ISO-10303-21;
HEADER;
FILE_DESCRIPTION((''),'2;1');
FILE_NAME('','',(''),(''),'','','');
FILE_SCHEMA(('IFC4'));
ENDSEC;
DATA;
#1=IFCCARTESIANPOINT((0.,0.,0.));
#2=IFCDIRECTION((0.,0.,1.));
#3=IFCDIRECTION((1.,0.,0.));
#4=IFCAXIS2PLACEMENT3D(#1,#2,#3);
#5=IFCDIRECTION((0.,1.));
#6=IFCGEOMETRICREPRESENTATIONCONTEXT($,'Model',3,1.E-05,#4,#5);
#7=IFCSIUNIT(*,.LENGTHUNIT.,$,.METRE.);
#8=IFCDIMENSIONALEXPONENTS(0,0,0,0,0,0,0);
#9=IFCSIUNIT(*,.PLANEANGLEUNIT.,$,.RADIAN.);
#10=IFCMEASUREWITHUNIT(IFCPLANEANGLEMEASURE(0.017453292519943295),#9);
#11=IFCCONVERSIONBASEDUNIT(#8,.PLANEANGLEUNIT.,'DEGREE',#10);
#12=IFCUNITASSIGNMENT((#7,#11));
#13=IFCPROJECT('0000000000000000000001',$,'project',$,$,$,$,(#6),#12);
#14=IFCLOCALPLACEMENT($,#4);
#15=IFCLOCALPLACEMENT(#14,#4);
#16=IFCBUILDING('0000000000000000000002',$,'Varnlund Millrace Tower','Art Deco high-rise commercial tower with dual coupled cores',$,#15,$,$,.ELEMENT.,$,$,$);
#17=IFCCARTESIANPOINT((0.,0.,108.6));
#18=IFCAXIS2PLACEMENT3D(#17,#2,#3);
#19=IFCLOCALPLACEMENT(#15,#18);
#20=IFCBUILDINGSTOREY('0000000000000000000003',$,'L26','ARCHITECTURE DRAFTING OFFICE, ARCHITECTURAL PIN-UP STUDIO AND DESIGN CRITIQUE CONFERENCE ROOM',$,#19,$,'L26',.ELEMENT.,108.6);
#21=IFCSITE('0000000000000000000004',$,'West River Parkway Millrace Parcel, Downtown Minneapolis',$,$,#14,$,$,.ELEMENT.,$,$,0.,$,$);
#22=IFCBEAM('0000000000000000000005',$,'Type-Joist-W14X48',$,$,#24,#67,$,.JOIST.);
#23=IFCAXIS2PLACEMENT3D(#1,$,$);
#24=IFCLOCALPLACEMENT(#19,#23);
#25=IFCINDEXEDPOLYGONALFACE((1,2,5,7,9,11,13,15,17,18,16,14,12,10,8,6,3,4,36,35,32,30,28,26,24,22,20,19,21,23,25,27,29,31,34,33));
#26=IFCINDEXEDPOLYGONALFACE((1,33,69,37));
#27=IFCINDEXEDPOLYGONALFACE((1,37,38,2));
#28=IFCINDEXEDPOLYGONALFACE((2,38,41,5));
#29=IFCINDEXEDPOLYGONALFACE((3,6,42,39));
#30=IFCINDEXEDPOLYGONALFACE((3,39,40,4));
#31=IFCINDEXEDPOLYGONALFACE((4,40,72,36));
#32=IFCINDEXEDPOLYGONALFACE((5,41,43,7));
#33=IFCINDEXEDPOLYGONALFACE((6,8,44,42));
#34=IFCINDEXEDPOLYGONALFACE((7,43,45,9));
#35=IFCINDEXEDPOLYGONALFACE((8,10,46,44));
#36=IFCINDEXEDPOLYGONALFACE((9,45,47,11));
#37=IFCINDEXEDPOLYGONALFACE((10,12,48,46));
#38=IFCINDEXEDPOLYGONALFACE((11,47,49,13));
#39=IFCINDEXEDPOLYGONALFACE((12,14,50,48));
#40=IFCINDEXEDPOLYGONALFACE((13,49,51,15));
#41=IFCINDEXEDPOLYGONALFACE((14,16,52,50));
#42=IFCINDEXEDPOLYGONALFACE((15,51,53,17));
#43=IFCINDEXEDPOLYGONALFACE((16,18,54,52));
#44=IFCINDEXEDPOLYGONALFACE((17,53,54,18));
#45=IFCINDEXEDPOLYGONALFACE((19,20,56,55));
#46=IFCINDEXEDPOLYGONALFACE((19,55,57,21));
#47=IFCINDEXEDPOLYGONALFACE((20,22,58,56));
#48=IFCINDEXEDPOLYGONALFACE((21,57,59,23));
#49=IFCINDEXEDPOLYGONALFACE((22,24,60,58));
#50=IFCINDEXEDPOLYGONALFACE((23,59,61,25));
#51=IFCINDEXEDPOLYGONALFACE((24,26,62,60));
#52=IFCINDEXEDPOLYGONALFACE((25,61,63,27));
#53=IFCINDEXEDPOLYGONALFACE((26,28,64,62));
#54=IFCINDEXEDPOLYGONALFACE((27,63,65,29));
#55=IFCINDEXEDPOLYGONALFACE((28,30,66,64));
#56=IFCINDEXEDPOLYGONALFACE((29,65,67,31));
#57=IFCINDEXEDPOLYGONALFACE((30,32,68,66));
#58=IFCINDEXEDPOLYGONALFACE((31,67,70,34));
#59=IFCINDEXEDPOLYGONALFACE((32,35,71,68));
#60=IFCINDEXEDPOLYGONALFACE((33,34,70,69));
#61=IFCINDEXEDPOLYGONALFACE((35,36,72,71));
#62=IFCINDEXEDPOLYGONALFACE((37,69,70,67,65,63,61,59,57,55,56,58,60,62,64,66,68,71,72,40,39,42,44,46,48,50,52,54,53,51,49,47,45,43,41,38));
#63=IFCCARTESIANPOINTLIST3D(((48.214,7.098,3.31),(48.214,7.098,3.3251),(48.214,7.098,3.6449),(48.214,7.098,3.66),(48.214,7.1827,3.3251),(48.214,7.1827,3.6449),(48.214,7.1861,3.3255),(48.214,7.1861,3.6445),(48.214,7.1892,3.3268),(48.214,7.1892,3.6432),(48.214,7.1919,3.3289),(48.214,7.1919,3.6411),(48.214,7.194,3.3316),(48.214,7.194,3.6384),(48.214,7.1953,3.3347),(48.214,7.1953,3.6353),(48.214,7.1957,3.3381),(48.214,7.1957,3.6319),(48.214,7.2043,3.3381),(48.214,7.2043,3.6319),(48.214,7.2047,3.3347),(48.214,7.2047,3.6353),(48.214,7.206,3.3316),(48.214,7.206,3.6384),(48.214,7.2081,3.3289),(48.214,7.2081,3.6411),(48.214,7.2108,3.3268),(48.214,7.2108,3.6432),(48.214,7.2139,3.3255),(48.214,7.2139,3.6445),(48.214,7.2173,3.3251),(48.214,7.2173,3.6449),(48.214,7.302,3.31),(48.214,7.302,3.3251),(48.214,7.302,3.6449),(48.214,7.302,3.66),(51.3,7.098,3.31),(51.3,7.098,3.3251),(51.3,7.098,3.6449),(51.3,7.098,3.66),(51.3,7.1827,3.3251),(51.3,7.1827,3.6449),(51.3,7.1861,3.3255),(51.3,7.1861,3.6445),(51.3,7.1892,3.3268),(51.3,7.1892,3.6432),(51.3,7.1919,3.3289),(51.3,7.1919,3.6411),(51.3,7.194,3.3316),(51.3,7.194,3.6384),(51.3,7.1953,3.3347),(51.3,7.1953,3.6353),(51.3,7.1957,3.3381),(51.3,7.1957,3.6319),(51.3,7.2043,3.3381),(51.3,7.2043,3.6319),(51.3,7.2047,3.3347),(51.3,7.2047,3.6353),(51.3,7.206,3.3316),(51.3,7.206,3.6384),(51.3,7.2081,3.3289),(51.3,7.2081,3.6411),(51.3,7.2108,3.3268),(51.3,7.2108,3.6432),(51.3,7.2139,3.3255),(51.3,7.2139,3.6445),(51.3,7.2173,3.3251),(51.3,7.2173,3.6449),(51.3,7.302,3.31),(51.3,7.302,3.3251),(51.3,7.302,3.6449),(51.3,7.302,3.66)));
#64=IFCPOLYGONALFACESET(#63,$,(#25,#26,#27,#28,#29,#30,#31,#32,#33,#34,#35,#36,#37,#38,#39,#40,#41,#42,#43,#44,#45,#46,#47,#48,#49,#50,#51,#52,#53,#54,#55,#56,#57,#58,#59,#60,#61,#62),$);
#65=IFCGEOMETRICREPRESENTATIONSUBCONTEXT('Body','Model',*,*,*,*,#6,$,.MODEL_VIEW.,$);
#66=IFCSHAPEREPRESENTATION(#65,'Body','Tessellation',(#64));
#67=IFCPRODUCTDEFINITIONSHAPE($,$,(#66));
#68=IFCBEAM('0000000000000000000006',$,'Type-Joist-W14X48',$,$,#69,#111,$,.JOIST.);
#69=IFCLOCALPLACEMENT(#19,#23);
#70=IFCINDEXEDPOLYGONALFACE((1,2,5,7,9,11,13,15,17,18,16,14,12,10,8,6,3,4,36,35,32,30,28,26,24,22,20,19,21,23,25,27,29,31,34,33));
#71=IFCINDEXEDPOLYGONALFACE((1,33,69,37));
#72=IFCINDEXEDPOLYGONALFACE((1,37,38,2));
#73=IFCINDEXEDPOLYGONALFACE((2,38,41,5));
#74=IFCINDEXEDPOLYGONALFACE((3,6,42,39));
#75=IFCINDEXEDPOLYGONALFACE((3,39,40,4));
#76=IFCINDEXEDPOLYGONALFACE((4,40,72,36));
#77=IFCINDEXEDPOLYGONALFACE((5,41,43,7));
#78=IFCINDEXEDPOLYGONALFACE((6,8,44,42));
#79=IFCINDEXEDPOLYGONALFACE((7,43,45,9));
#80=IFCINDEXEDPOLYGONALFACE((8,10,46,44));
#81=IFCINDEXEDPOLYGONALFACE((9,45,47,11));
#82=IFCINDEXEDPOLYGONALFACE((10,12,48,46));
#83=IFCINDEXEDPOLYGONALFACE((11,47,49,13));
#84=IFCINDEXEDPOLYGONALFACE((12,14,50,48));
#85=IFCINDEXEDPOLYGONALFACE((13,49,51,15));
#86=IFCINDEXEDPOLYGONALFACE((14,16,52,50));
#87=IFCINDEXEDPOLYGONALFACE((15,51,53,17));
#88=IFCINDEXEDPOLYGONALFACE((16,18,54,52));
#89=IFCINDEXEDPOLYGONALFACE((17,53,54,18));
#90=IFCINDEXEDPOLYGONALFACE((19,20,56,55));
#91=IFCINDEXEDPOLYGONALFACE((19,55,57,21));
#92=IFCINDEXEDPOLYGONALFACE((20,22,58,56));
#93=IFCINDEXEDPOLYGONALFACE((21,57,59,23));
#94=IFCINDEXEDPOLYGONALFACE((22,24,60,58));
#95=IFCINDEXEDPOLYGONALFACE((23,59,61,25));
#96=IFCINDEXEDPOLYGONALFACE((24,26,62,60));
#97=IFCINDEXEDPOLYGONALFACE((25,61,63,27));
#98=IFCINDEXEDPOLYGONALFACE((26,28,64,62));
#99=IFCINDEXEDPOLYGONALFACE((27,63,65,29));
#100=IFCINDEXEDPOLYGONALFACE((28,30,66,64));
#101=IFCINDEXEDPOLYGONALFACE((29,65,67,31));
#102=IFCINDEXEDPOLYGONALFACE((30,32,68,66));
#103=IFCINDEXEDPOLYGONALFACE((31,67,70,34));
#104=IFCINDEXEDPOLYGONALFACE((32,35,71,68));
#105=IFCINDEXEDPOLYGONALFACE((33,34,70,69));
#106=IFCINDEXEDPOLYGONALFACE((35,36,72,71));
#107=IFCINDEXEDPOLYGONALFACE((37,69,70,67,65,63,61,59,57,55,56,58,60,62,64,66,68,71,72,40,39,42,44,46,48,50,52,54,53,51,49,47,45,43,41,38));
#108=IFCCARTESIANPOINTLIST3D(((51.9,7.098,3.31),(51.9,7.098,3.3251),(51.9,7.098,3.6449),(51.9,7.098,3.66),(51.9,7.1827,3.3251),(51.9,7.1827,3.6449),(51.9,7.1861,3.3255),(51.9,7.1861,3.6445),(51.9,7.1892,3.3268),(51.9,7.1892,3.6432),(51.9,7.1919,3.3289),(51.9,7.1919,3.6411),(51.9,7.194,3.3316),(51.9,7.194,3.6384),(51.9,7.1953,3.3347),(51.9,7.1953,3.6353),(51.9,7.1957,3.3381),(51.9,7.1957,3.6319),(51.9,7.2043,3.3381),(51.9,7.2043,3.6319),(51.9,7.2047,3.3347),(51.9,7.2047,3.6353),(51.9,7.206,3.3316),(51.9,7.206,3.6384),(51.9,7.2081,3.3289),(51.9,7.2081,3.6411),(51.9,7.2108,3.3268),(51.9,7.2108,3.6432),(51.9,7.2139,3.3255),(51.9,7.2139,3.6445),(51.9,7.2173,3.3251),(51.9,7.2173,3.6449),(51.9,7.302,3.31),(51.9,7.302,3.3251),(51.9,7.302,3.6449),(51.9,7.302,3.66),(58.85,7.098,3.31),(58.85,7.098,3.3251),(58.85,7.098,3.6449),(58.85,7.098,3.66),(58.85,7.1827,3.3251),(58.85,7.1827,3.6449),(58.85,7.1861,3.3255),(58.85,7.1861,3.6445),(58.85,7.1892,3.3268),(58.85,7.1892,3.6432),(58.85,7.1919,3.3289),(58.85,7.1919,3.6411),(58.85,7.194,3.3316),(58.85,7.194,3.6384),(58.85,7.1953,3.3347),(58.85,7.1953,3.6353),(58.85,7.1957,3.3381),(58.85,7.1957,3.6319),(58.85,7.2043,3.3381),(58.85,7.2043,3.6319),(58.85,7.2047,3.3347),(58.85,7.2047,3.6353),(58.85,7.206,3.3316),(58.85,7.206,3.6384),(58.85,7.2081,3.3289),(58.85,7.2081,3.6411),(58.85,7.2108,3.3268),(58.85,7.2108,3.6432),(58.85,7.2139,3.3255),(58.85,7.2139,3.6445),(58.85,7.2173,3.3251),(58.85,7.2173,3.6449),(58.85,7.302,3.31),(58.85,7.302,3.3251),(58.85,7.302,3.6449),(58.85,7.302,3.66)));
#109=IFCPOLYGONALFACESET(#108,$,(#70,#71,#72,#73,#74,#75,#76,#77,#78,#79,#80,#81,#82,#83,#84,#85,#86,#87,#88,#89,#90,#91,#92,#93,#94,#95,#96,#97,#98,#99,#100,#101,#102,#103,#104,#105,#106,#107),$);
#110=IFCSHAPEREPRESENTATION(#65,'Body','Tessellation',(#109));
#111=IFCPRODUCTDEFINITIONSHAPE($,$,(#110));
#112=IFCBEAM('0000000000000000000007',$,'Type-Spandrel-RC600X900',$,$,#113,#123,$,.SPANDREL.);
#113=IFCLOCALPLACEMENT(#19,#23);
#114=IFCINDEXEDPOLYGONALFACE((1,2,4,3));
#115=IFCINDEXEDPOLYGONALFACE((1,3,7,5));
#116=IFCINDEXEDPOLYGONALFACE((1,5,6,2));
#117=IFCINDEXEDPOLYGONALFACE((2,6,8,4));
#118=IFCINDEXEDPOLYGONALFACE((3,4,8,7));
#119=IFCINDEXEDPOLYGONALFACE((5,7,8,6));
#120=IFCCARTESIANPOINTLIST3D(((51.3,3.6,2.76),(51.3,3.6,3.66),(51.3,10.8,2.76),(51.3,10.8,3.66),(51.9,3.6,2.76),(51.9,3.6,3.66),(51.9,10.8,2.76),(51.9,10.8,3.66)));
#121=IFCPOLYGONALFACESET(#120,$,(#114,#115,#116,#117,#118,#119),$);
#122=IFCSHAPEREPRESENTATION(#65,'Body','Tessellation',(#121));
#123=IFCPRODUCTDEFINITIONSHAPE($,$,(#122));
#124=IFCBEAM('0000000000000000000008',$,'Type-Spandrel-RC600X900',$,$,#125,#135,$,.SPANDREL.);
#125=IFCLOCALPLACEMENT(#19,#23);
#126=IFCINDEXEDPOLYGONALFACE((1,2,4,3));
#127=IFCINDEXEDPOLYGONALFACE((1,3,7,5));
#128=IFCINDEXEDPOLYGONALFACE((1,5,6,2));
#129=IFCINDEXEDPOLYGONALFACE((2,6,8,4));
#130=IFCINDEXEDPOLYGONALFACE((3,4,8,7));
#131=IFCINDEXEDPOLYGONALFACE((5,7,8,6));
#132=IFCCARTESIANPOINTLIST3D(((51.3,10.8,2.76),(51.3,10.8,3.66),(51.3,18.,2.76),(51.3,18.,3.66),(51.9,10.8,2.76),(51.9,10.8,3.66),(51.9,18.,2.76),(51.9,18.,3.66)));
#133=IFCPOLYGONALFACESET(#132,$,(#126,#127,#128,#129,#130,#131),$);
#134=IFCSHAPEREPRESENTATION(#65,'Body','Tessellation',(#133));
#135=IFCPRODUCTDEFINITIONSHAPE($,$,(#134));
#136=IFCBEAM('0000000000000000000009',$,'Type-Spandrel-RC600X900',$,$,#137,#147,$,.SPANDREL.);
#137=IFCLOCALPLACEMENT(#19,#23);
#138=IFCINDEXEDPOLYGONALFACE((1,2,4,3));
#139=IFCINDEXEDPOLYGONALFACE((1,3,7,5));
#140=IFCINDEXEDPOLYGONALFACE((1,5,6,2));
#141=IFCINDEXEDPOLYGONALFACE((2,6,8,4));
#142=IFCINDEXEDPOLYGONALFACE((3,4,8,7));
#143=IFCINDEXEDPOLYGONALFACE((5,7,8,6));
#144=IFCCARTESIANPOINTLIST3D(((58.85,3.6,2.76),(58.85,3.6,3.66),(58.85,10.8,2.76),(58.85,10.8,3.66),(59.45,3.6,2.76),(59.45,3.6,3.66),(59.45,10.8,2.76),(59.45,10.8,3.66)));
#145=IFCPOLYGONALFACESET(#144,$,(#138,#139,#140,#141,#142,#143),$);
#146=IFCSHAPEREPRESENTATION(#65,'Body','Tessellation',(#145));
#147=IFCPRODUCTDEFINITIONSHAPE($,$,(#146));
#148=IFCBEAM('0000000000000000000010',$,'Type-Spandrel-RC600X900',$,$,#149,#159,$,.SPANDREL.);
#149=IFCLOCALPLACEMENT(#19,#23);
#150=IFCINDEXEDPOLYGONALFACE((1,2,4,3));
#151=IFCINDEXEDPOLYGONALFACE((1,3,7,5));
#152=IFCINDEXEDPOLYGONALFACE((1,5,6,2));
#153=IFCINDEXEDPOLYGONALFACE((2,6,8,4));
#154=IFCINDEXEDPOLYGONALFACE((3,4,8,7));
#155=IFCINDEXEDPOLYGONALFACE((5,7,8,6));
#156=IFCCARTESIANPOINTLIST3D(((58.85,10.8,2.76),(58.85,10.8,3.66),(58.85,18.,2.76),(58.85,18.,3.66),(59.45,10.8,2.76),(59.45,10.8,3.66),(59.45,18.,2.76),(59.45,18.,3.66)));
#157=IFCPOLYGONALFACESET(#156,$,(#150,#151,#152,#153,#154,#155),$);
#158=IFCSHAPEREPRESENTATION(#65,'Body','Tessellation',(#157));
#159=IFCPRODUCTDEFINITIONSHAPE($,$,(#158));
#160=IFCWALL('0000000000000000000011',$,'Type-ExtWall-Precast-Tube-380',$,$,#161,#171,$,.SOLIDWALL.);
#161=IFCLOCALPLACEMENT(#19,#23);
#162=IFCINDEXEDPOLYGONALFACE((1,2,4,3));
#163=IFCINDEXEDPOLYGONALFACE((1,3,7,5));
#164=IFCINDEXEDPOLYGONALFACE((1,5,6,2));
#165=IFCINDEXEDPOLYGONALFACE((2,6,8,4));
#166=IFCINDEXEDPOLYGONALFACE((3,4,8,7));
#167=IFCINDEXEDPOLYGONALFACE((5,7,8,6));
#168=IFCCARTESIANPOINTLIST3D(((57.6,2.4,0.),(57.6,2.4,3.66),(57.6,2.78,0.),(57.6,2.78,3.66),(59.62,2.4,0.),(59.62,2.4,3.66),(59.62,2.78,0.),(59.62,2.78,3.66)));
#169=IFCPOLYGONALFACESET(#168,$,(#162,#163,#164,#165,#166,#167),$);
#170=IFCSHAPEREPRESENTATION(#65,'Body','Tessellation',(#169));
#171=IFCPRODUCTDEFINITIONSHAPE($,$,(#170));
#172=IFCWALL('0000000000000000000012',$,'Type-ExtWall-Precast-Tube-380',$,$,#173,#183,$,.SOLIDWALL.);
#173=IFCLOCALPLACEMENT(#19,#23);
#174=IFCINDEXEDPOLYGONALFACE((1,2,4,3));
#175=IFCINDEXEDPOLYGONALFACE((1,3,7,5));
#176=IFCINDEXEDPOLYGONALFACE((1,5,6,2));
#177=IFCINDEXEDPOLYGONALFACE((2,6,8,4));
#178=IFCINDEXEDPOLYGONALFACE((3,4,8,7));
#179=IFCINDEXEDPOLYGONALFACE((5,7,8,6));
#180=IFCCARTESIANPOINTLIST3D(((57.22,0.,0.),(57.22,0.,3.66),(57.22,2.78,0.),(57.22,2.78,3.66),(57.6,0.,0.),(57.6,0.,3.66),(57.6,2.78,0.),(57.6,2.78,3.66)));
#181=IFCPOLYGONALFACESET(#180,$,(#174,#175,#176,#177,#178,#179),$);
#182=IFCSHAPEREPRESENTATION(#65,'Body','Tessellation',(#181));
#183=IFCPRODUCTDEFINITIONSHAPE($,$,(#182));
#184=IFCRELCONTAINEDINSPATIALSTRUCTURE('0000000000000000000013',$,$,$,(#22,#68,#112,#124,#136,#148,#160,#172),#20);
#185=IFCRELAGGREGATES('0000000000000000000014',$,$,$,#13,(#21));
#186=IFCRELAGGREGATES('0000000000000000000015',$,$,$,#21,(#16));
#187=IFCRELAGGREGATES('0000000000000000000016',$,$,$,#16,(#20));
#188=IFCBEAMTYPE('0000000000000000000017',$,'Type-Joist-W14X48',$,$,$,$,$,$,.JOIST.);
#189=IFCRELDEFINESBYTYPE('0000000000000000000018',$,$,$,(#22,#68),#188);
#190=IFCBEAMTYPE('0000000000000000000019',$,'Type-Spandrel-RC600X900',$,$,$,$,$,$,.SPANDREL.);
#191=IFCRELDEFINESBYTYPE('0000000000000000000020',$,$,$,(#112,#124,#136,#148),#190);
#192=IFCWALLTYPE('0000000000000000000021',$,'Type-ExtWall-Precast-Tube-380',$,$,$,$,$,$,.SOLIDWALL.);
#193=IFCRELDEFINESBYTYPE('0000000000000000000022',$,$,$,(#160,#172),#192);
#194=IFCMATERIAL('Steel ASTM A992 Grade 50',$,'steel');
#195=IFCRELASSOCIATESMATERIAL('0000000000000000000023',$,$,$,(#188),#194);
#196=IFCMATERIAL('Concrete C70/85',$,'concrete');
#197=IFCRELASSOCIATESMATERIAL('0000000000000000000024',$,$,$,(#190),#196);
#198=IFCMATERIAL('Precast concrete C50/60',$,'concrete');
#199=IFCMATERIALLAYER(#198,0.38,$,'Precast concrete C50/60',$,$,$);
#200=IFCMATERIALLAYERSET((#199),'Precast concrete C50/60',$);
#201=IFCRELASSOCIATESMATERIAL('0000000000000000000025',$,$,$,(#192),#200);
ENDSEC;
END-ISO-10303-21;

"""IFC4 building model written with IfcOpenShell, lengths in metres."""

from ifc_helpers import new_model, entity, si_unit, converted_unit, direction, frame, origin_with_axes, origin_2d_with_axis, place, context, subcontext, project, spatial, polyline, rectangle, i_section, outline, extrude, material, layer, layer_set, material_profile, profile_set, type_object, element, save


model = new_model("IFC4")

# Units and contexts
model_context = context("Model", 3, precision=1e-05, world=origin_with_axes(), true_north=direction((0.0, 1.0)))
body_context = subcontext(model_context, "Body", "Model", "MODEL_VIEW")
ifc_project = project(units=[si_unit("LENGTHUNIT", "METRE"), converted_unit("PLANEANGLEUNIT", "DEGREE", entity("IfcPlaneAngleMeasure", 0.017453292519943295), si_unit("PLANEANGLEUNIT", "RADIAN"), dimensions=[0, 0, 0, 0, 0, 0, 0])], contexts=[model_context])

# Site, building, storey
site_placement = place(None, origin_with_axes())
site = spatial("IfcSite", under=ifc_project, at=site_placement, Name="West River Parkway Millrace Parcel, Downtown Minneapolis", CompositionType="ELEMENT", RefElevation=0.0)
building_placement = place(site_placement, origin_with_axes())
building = spatial("IfcBuilding", under=site, at=building_placement, Name="Varnlund Millrace Tower", Description="Art Deco high-rise commercial tower with dual coupled cores", CompositionType="ELEMENT")
storey_placement = place(building_placement, frame((0.0, 0.0, 108.6), z_axis=(0.0, 0.0, 1.0), x_axis=(1.0, 0.0, 0.0)))
storey = spatial("IfcBuildingStorey", under=building, at=storey_placement, Name="L26", Description="ARCHITECTURE DRAFTING OFFICE, ARCHITECTURAL PIN-UP STUDIO AND DESIGN CRITIQUE CONFERENCE ROOM", LongName="L26", CompositionType="ELEMENT", Elevation=108.6)

# Beams
ifc_material_1 = material(Name="Steel ASTM A992 Grade 50", Category="steel")
ifc_material_profile_1 = material_profile(ifc_material_1, i_section(OverallWidth=0.204, OverallDepth=0.35, WebThickness=0.0086, FlangeThickness=0.0151, FilletRadius=0.013, at=origin_2d_with_axis()), Name="Steel ASTM A992 Grade 50")
ifc_profile_set_1 = profile_set([ifc_material_profile_1], Name="Steel ASTM A992 Grade 50")
beam_type_1 = type_object("IfcBeamType", Name="Type-Joist-W14X48", PredefinedType="JOIST", material=ifc_profile_set_1)
beam_1_placement = place(storey_placement, frame((48.214, 7.2, 3.485), z_axis=(1.0, 0.0, 0.0), x_axis=(0.0, 1.0, 0.0)))
element("IfcBeam", 1, at=beam_1_placement, inside=storey, type_object=beam_type_1, Name="Type-Joist-W14X48", PredefinedType="JOIST", context=body_context, shape_type="SweptSolid", body=[
    extrude(i_section(OverallWidth=0.204, OverallDepth=0.35, WebThickness=0.0086, FlangeThickness=0.0151, FilletRadius=0.013, at=origin_2d_with_axis()), origin_with_axes(), (0.0, 0.0, 1.0), 3.086),
])
beam_2_placement = place(storey_placement, frame((51.9, 7.2, 3.485), z_axis=(1.0, 0.0, 0.0), x_axis=(0.0, 1.0, 0.0)))
element("IfcBeam", 2, at=beam_2_placement, inside=storey, type_object=beam_type_1, Name="Type-Joist-W14X48", PredefinedType="JOIST", context=body_context, shape_type="SweptSolid", body=[
    extrude(i_section(OverallWidth=0.204, OverallDepth=0.35, WebThickness=0.0086, FlangeThickness=0.0151, FilletRadius=0.013, at=origin_2d_with_axis()), origin_with_axes(), (0.0, 0.0, 1.0), 6.95),
])
ifc_material_2 = material(Name="Concrete C70/85", Category="concrete")
ifc_material_profile_2 = material_profile(ifc_material_2, rectangle(XDim=0.6, YDim=0.9, at=origin_2d_with_axis()), Name="Concrete C70/85")
ifc_profile_set_2 = profile_set([ifc_material_profile_2], Name="Concrete C70/85")
beam_type_2 = type_object("IfcBeamType", Name="Type-Spandrel-RC600X900", PredefinedType="SPANDREL", material=ifc_profile_set_2)
for number, where, z_axis, x_axis, name in (
    (3, (51.6, 3.6, 3.21), (0.0, 1.0, 0.0), (-1.0, 0.0, 0.0), "Type-Spandrel-RC600X900"),
    (4, (51.6, 10.8, 3.21), (0.0, 1.0, 0.0), (-1.0, 0.0, 0.0), "Type-Spandrel-RC600X900"),
    (5, (59.15, 3.6, 3.21), (0.0, 1.0, 0.0), (-1.0, 0.0, 0.0), "Type-Spandrel-RC600X900"),
    (6, (59.15, 10.8, 3.21), (0.0, 1.0, 0.0), (-1.0, 0.0, 0.0), "Type-Spandrel-RC600X900"),
):
    element("IfcBeam", number, at=place(storey_placement, frame(where, z_axis=z_axis, x_axis=x_axis)), inside=storey, type_object=beam_type_2, Name=name, PredefinedType="SPANDREL", context=body_context, shape_type="SweptSolid", body=[
        extrude(rectangle(XDim=0.6, YDim=0.9, at=origin_2d_with_axis()), origin_with_axes(), (0.0, 0.0, 1.0), 7.2),
    ])

# Walls
ifc_material_3 = material(Name="Precast concrete C50/60", Category="concrete")
ifc_layer_1 = layer(ifc_material_3, 0.38, Name="Precast concrete C50/60")
ifc_layer_set_1 = layer_set([ifc_layer_1], Name="Precast concrete C50/60")
wall_type_1 = type_object("IfcWallType", Name="Type-ExtWall-Precast-Tube-380", PredefinedType="SOLIDWALL", material=ifc_layer_set_1)
wall_1_placement = place(storey_placement, frame((59.62, 2.59, 0.0), z_axis=(0.0, 0.0, 1.0), x_axis=(-1.0, 0.0, 0.0)))
element("IfcWall", 7, at=wall_1_placement, inside=storey, type_object=wall_type_1, Name="Type-ExtWall-Precast-Tube-380", PredefinedType="SOLIDWALL", context=body_context, shape_type="SweptSolid", body=[
    extrude(outline(polyline([(0.0, -0.19), (2.02, -0.19), (2.02, 0.19), (0.0, 0.19), (0.0, -0.19)])), origin_with_axes(), (0.0, 0.0, 1.0), 3.66),
])
wall_2_placement = place(storey_placement, frame((57.41, 2.78, 0.0), z_axis=(0.0, 0.0, 1.0), x_axis=(0.0, -1.0, 0.0)))
element("IfcWall", 8, at=wall_2_placement, inside=storey, type_object=wall_type_1, Name="Type-ExtWall-Precast-Tube-380", PredefinedType="SOLIDWALL", context=body_context, shape_type="SweptSolid", body=[
    extrude(outline(polyline([(0.0, -0.19), (2.78, -0.19), (2.78, 0.19), (0.0, 0.19), (0.0, -0.19)])), origin_with_axes(), (0.0, 0.0, 1.0), 3.66),
])

save(model, "model.ifc")
